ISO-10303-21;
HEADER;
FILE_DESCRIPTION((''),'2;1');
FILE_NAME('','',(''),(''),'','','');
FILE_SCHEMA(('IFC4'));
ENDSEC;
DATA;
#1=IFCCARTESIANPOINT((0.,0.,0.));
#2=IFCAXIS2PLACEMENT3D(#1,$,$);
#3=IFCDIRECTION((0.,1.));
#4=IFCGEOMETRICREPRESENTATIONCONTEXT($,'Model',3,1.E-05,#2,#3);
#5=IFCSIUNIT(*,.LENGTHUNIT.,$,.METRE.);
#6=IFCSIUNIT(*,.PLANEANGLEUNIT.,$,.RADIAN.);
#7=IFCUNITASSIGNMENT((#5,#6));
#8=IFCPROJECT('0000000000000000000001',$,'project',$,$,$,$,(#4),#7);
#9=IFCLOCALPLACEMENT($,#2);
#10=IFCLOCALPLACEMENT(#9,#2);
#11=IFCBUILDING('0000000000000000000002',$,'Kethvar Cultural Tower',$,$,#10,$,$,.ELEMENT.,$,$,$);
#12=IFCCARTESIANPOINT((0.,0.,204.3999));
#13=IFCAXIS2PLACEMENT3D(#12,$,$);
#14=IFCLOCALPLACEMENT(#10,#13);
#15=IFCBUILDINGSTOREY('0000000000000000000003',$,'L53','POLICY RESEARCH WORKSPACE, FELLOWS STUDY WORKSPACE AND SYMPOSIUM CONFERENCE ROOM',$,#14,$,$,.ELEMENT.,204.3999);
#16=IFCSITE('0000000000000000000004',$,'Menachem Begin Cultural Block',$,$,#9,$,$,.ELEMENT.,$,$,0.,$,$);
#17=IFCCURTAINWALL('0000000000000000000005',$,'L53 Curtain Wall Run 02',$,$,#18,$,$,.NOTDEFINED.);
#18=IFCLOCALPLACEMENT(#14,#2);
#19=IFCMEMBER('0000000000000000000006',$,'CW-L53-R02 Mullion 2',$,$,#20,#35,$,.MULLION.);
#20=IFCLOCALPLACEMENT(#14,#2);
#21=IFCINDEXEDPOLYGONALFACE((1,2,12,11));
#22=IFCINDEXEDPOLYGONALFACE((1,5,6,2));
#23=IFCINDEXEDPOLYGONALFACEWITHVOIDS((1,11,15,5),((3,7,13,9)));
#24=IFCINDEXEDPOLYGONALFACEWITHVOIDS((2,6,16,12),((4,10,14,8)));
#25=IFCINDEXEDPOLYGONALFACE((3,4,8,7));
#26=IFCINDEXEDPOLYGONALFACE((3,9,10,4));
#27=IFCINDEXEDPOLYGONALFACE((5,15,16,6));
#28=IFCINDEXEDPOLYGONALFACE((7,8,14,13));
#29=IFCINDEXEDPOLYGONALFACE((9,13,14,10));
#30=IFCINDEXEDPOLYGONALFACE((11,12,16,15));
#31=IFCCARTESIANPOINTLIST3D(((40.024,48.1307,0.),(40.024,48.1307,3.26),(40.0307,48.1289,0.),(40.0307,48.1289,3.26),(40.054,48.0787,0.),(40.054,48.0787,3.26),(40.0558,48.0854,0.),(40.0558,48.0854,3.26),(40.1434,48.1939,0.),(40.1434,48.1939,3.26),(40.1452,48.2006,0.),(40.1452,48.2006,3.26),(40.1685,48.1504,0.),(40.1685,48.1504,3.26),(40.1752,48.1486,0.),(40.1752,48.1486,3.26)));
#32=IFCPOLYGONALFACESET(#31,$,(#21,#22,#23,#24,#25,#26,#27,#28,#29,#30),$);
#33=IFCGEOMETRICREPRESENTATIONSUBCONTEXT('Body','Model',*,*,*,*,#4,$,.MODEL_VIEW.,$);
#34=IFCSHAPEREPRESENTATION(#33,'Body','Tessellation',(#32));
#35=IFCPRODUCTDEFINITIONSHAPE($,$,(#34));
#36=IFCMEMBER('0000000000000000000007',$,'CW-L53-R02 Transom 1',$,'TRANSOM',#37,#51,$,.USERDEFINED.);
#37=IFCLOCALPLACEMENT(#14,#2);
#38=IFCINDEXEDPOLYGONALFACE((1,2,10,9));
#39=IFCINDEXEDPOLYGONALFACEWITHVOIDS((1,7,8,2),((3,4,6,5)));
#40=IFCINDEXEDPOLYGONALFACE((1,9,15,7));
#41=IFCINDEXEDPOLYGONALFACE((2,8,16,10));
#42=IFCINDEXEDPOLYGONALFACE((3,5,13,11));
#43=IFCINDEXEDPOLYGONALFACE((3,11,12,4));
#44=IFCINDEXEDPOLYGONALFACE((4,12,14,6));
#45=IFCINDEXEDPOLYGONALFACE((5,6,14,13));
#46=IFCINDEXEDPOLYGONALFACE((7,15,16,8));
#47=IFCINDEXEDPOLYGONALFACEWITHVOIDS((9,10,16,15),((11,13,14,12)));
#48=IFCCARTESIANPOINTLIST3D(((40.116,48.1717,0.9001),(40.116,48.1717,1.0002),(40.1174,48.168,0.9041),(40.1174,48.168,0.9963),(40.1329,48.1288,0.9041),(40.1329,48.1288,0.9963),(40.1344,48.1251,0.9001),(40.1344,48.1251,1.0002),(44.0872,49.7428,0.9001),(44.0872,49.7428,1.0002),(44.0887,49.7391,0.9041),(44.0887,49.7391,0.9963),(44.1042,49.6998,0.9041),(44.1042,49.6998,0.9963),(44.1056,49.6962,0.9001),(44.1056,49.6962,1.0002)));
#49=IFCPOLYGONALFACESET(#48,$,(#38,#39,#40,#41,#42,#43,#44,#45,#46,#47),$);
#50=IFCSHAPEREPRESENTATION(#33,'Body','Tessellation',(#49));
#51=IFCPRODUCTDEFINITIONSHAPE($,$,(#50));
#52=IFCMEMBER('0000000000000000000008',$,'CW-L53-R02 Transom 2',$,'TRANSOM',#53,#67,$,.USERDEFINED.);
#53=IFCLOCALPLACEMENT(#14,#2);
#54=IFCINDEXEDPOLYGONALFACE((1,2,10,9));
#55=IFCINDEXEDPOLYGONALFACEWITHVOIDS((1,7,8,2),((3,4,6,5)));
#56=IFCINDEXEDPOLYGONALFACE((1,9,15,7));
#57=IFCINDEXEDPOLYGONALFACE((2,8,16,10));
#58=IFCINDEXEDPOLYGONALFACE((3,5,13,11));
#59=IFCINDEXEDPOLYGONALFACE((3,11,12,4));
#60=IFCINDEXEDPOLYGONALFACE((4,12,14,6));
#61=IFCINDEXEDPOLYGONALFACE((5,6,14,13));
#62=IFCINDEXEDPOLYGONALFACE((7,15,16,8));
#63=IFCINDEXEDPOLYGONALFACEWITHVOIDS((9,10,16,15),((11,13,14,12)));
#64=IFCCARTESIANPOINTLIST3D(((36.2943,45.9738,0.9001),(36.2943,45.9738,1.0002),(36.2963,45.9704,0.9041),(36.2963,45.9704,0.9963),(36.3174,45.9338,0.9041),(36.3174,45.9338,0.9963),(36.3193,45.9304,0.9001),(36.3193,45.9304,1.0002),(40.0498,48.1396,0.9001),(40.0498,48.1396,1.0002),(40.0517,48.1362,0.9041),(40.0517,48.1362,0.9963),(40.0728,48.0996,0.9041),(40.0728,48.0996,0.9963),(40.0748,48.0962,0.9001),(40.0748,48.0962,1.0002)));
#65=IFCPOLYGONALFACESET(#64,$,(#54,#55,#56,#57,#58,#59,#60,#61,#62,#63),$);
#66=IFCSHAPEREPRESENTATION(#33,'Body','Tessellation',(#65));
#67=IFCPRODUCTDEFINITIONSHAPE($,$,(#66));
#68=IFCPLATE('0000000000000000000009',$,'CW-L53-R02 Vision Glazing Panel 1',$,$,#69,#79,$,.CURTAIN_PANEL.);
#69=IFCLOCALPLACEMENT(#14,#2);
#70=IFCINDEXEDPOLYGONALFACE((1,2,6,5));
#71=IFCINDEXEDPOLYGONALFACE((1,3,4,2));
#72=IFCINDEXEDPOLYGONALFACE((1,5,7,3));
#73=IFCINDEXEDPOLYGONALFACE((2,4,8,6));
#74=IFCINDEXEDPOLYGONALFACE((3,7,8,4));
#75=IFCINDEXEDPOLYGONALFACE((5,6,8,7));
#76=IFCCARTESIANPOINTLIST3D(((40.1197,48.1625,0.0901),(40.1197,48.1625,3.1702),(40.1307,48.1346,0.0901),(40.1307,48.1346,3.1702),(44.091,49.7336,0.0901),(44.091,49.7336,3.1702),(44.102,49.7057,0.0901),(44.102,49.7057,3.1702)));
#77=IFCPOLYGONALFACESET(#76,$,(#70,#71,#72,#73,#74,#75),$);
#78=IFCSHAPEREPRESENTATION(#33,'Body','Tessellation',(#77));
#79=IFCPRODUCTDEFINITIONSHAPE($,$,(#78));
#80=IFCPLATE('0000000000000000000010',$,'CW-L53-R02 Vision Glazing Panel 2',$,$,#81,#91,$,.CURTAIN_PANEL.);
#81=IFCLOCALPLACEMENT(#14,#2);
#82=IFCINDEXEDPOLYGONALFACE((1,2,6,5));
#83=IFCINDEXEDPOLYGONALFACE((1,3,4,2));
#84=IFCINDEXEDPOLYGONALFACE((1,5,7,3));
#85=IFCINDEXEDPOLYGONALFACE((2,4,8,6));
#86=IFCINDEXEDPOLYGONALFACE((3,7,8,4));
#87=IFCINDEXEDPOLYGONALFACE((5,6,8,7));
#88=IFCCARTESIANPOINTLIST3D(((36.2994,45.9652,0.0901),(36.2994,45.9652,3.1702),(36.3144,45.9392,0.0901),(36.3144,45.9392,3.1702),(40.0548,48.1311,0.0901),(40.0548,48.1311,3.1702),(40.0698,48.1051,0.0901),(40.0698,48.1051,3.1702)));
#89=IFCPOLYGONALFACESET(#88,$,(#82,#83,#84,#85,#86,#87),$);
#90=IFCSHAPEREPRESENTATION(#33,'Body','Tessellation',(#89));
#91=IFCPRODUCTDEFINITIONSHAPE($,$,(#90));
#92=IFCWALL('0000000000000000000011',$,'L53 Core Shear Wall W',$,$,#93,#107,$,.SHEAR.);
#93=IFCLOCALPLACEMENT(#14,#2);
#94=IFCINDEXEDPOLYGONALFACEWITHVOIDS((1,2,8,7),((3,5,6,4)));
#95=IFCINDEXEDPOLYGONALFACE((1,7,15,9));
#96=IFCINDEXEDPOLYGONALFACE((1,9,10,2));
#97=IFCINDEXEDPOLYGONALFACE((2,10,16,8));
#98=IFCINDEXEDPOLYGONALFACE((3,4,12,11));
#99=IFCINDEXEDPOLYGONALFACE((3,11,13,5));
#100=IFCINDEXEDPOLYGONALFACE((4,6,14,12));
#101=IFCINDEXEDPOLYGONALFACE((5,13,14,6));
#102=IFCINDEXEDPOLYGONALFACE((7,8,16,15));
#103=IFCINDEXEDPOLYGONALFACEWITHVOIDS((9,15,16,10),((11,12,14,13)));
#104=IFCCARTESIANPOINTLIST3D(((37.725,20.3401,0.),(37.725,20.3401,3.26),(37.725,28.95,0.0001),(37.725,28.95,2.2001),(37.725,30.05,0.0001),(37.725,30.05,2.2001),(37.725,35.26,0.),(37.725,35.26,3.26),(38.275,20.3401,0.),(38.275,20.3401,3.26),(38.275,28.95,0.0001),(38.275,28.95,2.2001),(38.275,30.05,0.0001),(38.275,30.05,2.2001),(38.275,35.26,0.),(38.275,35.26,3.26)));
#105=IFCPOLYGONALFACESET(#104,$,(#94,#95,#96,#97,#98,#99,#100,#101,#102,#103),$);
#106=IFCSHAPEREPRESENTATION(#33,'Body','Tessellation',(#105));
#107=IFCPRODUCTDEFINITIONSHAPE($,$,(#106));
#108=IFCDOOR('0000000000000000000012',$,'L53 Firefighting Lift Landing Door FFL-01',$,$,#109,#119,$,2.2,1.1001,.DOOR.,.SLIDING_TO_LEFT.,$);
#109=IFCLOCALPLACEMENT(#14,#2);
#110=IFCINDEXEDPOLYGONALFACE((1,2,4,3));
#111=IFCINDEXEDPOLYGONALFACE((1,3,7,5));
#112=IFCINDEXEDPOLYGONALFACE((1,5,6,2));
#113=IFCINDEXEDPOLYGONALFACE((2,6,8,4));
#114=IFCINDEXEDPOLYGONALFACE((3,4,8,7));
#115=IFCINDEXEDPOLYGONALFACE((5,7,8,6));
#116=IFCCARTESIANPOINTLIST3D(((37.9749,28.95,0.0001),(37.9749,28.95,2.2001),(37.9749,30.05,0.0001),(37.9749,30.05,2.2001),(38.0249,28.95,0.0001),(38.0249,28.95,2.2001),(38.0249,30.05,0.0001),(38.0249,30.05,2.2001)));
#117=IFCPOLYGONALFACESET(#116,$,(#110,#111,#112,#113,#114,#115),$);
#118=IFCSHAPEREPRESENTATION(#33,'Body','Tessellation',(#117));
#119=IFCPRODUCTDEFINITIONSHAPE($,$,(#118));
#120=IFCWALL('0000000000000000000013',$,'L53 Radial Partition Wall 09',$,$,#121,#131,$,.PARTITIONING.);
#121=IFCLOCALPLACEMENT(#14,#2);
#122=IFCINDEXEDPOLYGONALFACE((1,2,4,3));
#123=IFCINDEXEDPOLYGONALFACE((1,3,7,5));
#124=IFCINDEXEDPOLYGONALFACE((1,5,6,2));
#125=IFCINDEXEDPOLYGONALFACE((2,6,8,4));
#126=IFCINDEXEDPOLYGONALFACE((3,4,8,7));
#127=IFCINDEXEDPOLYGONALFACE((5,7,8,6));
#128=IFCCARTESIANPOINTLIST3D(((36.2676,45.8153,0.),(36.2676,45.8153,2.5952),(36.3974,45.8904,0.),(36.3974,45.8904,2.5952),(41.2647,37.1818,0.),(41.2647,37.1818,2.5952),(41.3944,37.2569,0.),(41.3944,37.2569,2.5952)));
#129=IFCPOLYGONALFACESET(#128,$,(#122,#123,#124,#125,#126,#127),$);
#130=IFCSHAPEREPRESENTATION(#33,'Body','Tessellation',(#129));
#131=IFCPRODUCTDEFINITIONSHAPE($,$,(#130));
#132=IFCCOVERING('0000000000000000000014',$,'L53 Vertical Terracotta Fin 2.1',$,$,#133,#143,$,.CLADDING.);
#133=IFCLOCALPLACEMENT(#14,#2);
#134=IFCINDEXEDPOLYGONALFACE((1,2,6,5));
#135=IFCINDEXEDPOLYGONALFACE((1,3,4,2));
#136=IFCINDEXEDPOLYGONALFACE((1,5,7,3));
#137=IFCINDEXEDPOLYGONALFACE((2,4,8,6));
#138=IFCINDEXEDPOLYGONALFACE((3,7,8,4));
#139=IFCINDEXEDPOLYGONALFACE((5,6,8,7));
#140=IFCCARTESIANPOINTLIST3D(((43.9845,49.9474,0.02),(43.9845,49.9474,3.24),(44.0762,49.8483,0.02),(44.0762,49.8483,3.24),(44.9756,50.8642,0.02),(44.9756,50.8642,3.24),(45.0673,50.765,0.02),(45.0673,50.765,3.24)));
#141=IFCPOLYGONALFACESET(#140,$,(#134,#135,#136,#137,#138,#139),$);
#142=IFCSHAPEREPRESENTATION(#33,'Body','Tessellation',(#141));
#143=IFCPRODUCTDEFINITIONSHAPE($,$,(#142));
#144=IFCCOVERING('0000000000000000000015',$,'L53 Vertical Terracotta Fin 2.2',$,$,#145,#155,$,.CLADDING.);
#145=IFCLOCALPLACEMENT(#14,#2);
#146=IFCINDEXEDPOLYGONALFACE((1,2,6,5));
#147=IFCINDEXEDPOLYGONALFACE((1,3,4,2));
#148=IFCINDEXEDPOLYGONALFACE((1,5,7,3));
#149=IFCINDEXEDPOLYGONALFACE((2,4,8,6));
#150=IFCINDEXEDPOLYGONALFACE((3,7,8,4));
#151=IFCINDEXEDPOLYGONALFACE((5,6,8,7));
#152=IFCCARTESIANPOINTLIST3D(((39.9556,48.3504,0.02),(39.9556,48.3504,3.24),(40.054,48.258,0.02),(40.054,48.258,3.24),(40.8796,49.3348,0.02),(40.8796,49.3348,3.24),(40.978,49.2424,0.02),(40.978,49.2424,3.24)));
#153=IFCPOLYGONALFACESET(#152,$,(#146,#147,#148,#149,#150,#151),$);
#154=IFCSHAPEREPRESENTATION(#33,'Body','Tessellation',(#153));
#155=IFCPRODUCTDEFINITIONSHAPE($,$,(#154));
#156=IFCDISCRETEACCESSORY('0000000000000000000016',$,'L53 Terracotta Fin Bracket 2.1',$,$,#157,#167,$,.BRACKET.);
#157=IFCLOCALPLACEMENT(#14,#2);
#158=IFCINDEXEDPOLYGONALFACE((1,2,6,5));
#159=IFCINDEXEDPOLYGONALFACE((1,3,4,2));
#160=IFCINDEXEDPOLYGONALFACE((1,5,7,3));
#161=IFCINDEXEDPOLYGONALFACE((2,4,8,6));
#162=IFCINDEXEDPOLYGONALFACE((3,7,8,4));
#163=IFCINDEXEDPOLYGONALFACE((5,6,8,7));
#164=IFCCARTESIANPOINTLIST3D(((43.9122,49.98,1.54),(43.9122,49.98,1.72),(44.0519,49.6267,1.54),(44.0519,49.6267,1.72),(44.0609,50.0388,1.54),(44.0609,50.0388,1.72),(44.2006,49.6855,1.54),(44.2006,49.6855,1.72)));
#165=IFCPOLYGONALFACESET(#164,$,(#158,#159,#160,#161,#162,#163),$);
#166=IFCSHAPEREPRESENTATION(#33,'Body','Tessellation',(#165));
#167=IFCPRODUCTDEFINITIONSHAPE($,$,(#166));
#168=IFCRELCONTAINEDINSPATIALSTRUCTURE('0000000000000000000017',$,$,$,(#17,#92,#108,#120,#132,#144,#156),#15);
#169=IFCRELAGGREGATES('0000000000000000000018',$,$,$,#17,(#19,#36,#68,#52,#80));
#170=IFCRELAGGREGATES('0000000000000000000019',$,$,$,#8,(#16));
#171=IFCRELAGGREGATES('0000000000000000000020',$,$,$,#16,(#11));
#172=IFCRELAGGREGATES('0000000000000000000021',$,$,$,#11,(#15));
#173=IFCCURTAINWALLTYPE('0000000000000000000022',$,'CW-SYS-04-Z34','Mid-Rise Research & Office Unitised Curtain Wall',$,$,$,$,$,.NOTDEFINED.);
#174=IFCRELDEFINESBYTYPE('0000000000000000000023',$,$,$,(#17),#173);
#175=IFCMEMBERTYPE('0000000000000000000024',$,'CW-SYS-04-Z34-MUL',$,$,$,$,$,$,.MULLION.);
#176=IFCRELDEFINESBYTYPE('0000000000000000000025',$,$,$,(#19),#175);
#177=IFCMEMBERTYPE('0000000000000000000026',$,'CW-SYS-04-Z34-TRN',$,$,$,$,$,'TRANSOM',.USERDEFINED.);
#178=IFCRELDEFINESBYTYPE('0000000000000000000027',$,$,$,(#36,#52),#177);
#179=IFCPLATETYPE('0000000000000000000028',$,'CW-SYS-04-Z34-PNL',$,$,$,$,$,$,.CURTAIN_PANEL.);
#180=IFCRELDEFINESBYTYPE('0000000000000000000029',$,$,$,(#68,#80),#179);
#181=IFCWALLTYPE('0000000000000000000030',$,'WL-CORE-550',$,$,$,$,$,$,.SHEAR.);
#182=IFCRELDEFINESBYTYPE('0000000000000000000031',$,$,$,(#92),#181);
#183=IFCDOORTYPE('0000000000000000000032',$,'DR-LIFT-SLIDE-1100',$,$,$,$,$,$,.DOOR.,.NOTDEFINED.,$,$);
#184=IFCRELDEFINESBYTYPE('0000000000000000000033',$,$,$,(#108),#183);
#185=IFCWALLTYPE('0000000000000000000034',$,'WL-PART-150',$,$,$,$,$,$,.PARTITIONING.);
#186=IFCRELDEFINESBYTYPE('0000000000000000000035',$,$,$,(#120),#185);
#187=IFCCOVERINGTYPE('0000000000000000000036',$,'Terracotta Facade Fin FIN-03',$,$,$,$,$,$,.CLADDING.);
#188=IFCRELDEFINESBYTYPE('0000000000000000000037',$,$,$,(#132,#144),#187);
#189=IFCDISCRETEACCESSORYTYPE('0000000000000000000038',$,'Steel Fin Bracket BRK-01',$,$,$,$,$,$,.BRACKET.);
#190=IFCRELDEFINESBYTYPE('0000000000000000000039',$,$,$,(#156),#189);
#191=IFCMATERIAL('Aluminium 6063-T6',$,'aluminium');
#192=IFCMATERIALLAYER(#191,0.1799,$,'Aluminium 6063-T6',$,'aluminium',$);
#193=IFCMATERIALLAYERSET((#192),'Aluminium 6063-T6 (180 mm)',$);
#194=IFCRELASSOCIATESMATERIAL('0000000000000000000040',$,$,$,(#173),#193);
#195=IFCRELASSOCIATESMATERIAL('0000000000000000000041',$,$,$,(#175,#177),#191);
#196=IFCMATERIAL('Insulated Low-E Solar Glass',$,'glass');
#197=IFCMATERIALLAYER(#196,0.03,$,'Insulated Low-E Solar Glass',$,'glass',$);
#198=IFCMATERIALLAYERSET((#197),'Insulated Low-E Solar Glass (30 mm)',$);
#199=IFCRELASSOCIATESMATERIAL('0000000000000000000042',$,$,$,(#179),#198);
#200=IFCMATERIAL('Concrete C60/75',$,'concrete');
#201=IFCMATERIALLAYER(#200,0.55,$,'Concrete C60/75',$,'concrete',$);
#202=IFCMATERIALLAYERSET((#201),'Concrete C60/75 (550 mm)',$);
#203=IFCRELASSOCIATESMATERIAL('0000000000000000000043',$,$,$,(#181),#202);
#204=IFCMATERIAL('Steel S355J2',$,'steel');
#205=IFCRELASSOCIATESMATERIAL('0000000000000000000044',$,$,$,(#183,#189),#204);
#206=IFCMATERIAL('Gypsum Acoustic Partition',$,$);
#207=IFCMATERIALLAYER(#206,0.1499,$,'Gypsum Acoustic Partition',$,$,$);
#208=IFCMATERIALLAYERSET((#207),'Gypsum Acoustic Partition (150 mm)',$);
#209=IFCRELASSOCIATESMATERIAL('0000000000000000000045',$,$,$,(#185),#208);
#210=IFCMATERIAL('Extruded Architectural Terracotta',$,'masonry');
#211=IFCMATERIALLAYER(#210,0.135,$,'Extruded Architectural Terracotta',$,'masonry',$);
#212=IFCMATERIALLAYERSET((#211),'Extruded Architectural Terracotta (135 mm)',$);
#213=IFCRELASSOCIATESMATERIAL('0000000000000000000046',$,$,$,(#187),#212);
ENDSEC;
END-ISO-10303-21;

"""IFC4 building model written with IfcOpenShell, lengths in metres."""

from ifc_helpers import new_model, si_unit, direction, frame, frame_2d, origin, origin_2d, place, context, subcontext, project, spatial, rectangle, hollow_rectangle, extrude, source, transform, mapped, material, layer, layer_set, material_profile, profile_set, type_object, element, fill, aggregate, save


model = new_model("IFC4")

# Units and contexts
model_context = context("Model", 3, precision=1e-05, world=origin(), true_north=direction((0.0, 1.0)))
body_context = subcontext(model_context, "Body", "Model", "MODEL_VIEW")
ifc_project = project(units=[si_unit("LENGTHUNIT", "METRE"), si_unit("PLANEANGLEUNIT", "RADIAN")], contexts=[model_context])

# Site, building, storey
site_placement = place(None, origin())
site = spatial("IfcSite", under=ifc_project, at=site_placement, Name="Menachem Begin Cultural Block", CompositionType="ELEMENT", RefElevation=0.0)
building_placement = place(site_placement, origin())
building = spatial("IfcBuilding", under=site, at=building_placement, Name="Kethvar Cultural Tower", CompositionType="ELEMENT")
storey_placement = place(building_placement, frame((0.0, 0.0, 204.3999)))
storey = spatial("IfcBuildingStorey", under=building, at=storey_placement, Name="L53", Description="POLICY RESEARCH WORKSPACE, FELLOWS STUDY WORKSPACE AND SYMPOSIUM CONFERENCE ROOM", CompositionType="ELEMENT", Elevation=204.3999)

# Shared definitions
ifc_material_1 = material(Name="Steel S355J2", Category="steel")

# Shared definitions
ifc_material_2 = material(Name="Aluminium 6063-T6", Category="aluminium")
ifc_layer_1 = layer(ifc_material_2, 0.1799, Name="Aluminium 6063-T6", Category="aluminium")
ifc_layer_set_1 = layer_set([ifc_layer_1], Name="Aluminium 6063-T6 (180 mm)")
curtain_wall_type = type_object("IfcCurtainWallType", Name="CW-SYS-04-Z34", Description="Mid-Rise Research & Office Unitised Curtain Wall", PredefinedType="NOTDEFINED", material=ifc_layer_set_1)
ifc_material_profile_1 = material_profile(ifc_material_2, hollow_rectangle(XDim=0.0601, YDim=0.1399, WallThickness=0.0049, at=origin_2d()), Name="Aluminium 6063-T6 — RHS140x60x5")
ifc_profile_set_1 = profile_set([ifc_material_profile_1], Name="Aluminium 6063-T6 — RHS140x60x5")
member_type_1 = type_object("IfcMemberType", Name="CW-SYS-04-Z34-MUL", PredefinedType="MULLION", material=ifc_profile_set_1)
shared_shape_1 = source(origin(), body_context, "Body", "SweptSolid", [
    extrude(hollow_rectangle(XDim=0.0601, YDim=0.1399, WallThickness=0.0049, at=origin_2d()), origin(), (0.0, 0.0, 1.0), 3.26),
])

# Curtain wall, members, plates
curtain_wall_1_placement = place(storey_placement, origin())
curtain_wall_1 = element("IfcCurtainWall", 1, at=curtain_wall_1_placement, inside=storey, type_object=curtain_wall_type, Name="L53 Curtain Wall Run 02", PredefinedType="NOTDEFINED")
member_1_placement = place(storey_placement, frame((40.0996, 48.1396, 0.0), z_axis=(0.0, 0.0, 1.0), x_axis=(0.499592, -0.866261, 0.0)))
member_1 = element("IfcMember", 2, at=member_1_placement, type_object=member_type_1, Name="CW-L53-R02 Mullion 2", PredefinedType="MULLION", context=body_context, shape_type="MappedRepresentation", body=[
    mapped(shared_shape_1, transform((0.0, 0.0, 0.0), scale=1.0)),
])
ifc_material_profile_2 = material_profile(ifc_material_2, hollow_rectangle(XDim=0.05, YDim=0.1001, WallThickness=0.0039, at=origin_2d()), Name="Aluminium 6063-T6 — RHS100x50x4")
ifc_profile_set_2 = profile_set([ifc_material_profile_2], Name="Aluminium 6063-T6 — RHS100x50x4")
member_type_2 = type_object("IfcMemberType", Name="CW-SYS-04-Z34-TRN", ElementType="TRANSOM", PredefinedType="USERDEFINED", material=ifc_profile_set_2)
shared_shape_2 = source(origin(), body_context, "Body", "SweptSolid", [
    extrude(hollow_rectangle(XDim=0.05, YDim=0.1001, WallThickness=0.0039, at=origin_2d()), origin(), (0.0, 0.0, 1.0), 4.2708),
])
member_2_placement = place(storey_placement, frame((44.0964, 49.7195, 0.9502), z_axis=(-0.929878, -0.367869, 0.0), x_axis=(0.367869, -0.929878, 0.0)))
member_2 = element("IfcMember", 3, at=member_2_placement, type_object=member_type_2, Name="CW-L53-R02 Transom 1", ObjectType="TRANSOM", PredefinedType="USERDEFINED", context=body_context, shape_type="MappedRepresentation", body=[
    mapped(shared_shape_2, transform((0.0, 0.0, 0.0), scale=1.0)),
])
shared_shape_3 = source(origin(), body_context, "Body", "SweptSolid", [
    extrude(hollow_rectangle(XDim=0.05, YDim=0.1001, WallThickness=0.0039, at=origin_2d()), origin(), (0.0, 0.0, 1.0), 4.3352),
])
member_3_placement = place(storey_placement, frame((40.0623, 48.1179, 0.9502), z_axis=(-0.866264, -0.499586, 0.0), x_axis=(0.499586, -0.866264, 0.0)))
member_3 = element("IfcMember", 4, at=member_3_placement, type_object=member_type_2, Name="CW-L53-R02 Transom 2", ObjectType="TRANSOM", PredefinedType="USERDEFINED", context=body_context, shape_type="MappedRepresentation", body=[
    mapped(shared_shape_3, transform((0.0, 0.0, 0.0), scale=1.0)),
])
ifc_material_3 = material(Name="Insulated Low-E Solar Glass", Category="glass")
ifc_layer_2 = layer(ifc_material_3, 0.03, Name="Insulated Low-E Solar Glass", Category="glass")
ifc_layer_set_2 = layer_set([ifc_layer_2], Name="Insulated Low-E Solar Glass (30 mm)")
plate_type = type_object("IfcPlateType", Name="CW-SYS-04-Z34-PNL", PredefinedType="CURTAIN_PANEL", material=ifc_layer_set_2)
shared_shape_4 = source(origin(), body_context, "Body", "SweptSolid", [
    extrude(rectangle(XDim=4.2708, YDim=0.03, at=origin_2d()), origin(), (0.0, 0.0, 1.0), 3.0801),
])
plate_1_placement = place(storey_placement, frame((42.1108, 48.9341, 0.0901), z_axis=(0.0, 0.0, 1.0), x_axis=(-0.929879, -0.367865, 0.0)))
plate_1 = element("IfcPlate", 5, at=plate_1_placement, type_object=plate_type, Name="CW-L53-R02 Vision Glazing Panel 1", PredefinedType="CURTAIN_PANEL", context=body_context, shape_type="MappedRepresentation", body=[
    mapped(shared_shape_4, transform((0.0, 0.0, 0.0), scale=1.0)),
])
shared_shape_5 = source(origin(), body_context, "Body", "SweptSolid", [
    extrude(rectangle(XDim=4.3352, YDim=0.03, at=origin_2d()), origin(), (0.0, 0.0, 1.0), 3.0801),
])
plate_2_placement = place(storey_placement, frame((38.1846, 47.0352, 0.0901), z_axis=(0.0, 0.0, 1.0), x_axis=(-0.866261, -0.499592, 0.0)))
plate_2 = element("IfcPlate", 6, at=plate_2_placement, type_object=plate_type, Name="CW-L53-R02 Vision Glazing Panel 2", PredefinedType="CURTAIN_PANEL", context=body_context, shape_type="MappedRepresentation", body=[
    mapped(shared_shape_5, transform((0.0, 0.0, 0.0), scale=1.0)),
])
aggregate(curtain_wall_1, [member_1, member_2, plate_1, member_3, plate_2])

# Wall, opening, door
ifc_material_4 = material(Name="Concrete C60/75", Category="concrete")
ifc_layer_3 = layer(ifc_material_4, 0.55, Name="Concrete C60/75", Category="concrete")
ifc_layer_set_3 = layer_set([ifc_layer_3], Name="Concrete C60/75 (550 mm)")
wall_type_1 = type_object("IfcWallType", Name="WL-CORE-550", PredefinedType="SHEAR", material=ifc_layer_set_3)
wall_1_placement = place(storey_placement, frame((38.0, 35.26, 0.0), z_axis=(0.0, 0.0, 1.0), x_axis=(0.0, -1.0, 0.0)))
wall_1 = element("IfcWall", 7, at=wall_1_placement, inside=storey, type_object=wall_type_1, Name="L53 Core Shear Wall W", PredefinedType="SHEAR", context=body_context, shape_type="SweptSolid", body=[
    extrude(rectangle(XDim=14.9199, YDim=0.55, at=frame_2d((7.46, 0.0))), origin(), (0.0, 0.0, 1.0), 3.26),
])
opening_placement = place(wall_1_placement, frame((5.21, 0.0, 0.0)))
opening = element("IfcOpeningElement", 8, at=opening_placement, cuts=wall_1, PredefinedType="OPENING", context=body_context, shape_type="SweptSolid", body=[
    extrude(rectangle(XDim=1.1001, YDim=2.2, at=frame_2d((0.55, 1.1001))), frame((0.0, 0.2849, 0.0), z_axis=(0.0, -1.0, 0.0), x_axis=(1.0, 0.0, 0.0)), (0.0, 0.0, 1.0), 0.5701),
])
door_type = type_object("IfcDoorType", Name="DR-LIFT-SLIDE-1100", OperationType="NOTDEFINED", PredefinedType="DOOR", material=ifc_material_1)
shared_shape_6 = source(origin(), body_context, "Body", "SweptSolid", [
    extrude(rectangle(XDim=1.1001, YDim=2.2, at=frame_2d((0.55, 1.1001))), frame((0.0, 0.0249, 0.0), z_axis=(0.0, -1.0, 0.0), x_axis=(1.0, 0.0, 0.0)), (0.0, 0.0, 1.0), 0.05),
])
door_placement = place(opening_placement, origin())
door = element("IfcDoor", 9, at=door_placement, inside=storey, type_object=door_type, Name="L53 Firefighting Lift Landing Door FFL-01", OperationType="SLIDING_TO_LEFT", OverallHeight=2.2, OverallWidth=1.1001, PredefinedType="DOOR", context=body_context, shape_type="MappedRepresentation", body=[
    mapped(shared_shape_6, transform((0.0, 0.0, 0.0), scale=1.0)),
])
fill(opening, door)

# Wall
ifc_material_5 = material(Name="Gypsum Acoustic Partition")
ifc_layer_4 = layer(ifc_material_5, 0.1499, Name="Gypsum Acoustic Partition")
ifc_layer_set_4 = layer_set([ifc_layer_4], Name="Gypsum Acoustic Partition (150 mm)")
wall_type_2 = type_object("IfcWallType", Name="WL-PART-150", PredefinedType="PARTITIONING", material=ifc_layer_set_4)
wall_2_placement = place(storey_placement, frame((41.3296, 37.2192, 0.0), z_axis=(0.0, 0.0, 1.0), x_axis=(-0.500939, 0.865483, 0.0)))
element("IfcWall", 10, at=wall_2_placement, inside=storey, type_object=wall_type_2, Name="L53 Radial Partition Wall 09", PredefinedType="PARTITIONING", context=body_context, shape_type="SweptSolid", body=[
    extrude(rectangle(XDim=9.9753, YDim=0.1499, at=frame_2d((4.9878, 0.0))), origin(), (0.0, 0.0, 1.0), 2.5952),
])

# Coverings
ifc_material_6 = material(Name="Extruded Architectural Terracotta", Category="masonry")
ifc_layer_5 = layer(ifc_material_6, 0.135, Name="Extruded Architectural Terracotta", Category="masonry")
ifc_layer_set_5 = layer_set([ifc_layer_5], Name="Extruded Architectural Terracotta (135 mm)")
covering_type = type_object("IfcCoveringType", Name="Terracotta Facade Fin FIN-03", PredefinedType="CLADDING", material=ifc_layer_set_5)
shared_shape_7 = source(origin(), body_context, "Body", "SweptSolid", [
    extrude(rectangle(XDim=1.3501, YDim=0.135, at=origin_2d()), origin(), (0.0, 0.0, 1.0), 3.22),
])
for number, where, z_axis, x_axis, name in (
    (11, (44.5259, 50.3562, 0.02), (0.0, 0.0, 1.0), (0.734086, 0.679057, 0.0), "L53 Vertical Terracotta Fin 2.1"),
    (12, (40.4668, 48.7964, 0.02), (0.0, 0.0, 1.0), (0.68442, 0.729088, 0.0), "L53 Vertical Terracotta Fin 2.2"),
):
    element("IfcCovering", number, at=place(storey_placement, frame(where, z_axis=z_axis, x_axis=x_axis)), inside=storey, type_object=covering_type, Name=name, PredefinedType="CLADDING", context=body_context, shape_type="MappedRepresentation", body=[
        mapped(shared_shape_7, transform((0.0, 0.0, 0.0), scale=1.0)),
    ])

# Discrete accessory
discrete_accessory_type = type_object("IfcDiscreteAccessoryType", Name="Steel Fin Bracket BRK-01", PredefinedType="BRACKET", material=ifc_material_1)
shared_shape_8 = source(origin(), body_context, "Body", "SweptSolid", [
    extrude(rectangle(XDim=0.3799, YDim=0.1599, at=origin_2d()), origin(), (0.0, 0.0, 1.0), 0.1799),
])
for number, where, z_axis, x_axis, name in (
    (13, (44.0564, 49.8328, 1.54), (0.0, 0.0, 1.0), (-0.3678, 0.929905, 0.0), "L53 Terracotta Fin Bracket 2.1"),
):
    element("IfcDiscreteAccessory", number, at=place(storey_placement, frame(where, z_axis=z_axis, x_axis=x_axis)), inside=storey, type_object=discrete_accessory_type, Name=name, PredefinedType="BRACKET", context=body_context, shape_type="MappedRepresentation", body=[
        mapped(shared_shape_8, transform((0.0, 0.0, 0.0), scale=1.0)),
    ])

save(model, "model.ifc")
